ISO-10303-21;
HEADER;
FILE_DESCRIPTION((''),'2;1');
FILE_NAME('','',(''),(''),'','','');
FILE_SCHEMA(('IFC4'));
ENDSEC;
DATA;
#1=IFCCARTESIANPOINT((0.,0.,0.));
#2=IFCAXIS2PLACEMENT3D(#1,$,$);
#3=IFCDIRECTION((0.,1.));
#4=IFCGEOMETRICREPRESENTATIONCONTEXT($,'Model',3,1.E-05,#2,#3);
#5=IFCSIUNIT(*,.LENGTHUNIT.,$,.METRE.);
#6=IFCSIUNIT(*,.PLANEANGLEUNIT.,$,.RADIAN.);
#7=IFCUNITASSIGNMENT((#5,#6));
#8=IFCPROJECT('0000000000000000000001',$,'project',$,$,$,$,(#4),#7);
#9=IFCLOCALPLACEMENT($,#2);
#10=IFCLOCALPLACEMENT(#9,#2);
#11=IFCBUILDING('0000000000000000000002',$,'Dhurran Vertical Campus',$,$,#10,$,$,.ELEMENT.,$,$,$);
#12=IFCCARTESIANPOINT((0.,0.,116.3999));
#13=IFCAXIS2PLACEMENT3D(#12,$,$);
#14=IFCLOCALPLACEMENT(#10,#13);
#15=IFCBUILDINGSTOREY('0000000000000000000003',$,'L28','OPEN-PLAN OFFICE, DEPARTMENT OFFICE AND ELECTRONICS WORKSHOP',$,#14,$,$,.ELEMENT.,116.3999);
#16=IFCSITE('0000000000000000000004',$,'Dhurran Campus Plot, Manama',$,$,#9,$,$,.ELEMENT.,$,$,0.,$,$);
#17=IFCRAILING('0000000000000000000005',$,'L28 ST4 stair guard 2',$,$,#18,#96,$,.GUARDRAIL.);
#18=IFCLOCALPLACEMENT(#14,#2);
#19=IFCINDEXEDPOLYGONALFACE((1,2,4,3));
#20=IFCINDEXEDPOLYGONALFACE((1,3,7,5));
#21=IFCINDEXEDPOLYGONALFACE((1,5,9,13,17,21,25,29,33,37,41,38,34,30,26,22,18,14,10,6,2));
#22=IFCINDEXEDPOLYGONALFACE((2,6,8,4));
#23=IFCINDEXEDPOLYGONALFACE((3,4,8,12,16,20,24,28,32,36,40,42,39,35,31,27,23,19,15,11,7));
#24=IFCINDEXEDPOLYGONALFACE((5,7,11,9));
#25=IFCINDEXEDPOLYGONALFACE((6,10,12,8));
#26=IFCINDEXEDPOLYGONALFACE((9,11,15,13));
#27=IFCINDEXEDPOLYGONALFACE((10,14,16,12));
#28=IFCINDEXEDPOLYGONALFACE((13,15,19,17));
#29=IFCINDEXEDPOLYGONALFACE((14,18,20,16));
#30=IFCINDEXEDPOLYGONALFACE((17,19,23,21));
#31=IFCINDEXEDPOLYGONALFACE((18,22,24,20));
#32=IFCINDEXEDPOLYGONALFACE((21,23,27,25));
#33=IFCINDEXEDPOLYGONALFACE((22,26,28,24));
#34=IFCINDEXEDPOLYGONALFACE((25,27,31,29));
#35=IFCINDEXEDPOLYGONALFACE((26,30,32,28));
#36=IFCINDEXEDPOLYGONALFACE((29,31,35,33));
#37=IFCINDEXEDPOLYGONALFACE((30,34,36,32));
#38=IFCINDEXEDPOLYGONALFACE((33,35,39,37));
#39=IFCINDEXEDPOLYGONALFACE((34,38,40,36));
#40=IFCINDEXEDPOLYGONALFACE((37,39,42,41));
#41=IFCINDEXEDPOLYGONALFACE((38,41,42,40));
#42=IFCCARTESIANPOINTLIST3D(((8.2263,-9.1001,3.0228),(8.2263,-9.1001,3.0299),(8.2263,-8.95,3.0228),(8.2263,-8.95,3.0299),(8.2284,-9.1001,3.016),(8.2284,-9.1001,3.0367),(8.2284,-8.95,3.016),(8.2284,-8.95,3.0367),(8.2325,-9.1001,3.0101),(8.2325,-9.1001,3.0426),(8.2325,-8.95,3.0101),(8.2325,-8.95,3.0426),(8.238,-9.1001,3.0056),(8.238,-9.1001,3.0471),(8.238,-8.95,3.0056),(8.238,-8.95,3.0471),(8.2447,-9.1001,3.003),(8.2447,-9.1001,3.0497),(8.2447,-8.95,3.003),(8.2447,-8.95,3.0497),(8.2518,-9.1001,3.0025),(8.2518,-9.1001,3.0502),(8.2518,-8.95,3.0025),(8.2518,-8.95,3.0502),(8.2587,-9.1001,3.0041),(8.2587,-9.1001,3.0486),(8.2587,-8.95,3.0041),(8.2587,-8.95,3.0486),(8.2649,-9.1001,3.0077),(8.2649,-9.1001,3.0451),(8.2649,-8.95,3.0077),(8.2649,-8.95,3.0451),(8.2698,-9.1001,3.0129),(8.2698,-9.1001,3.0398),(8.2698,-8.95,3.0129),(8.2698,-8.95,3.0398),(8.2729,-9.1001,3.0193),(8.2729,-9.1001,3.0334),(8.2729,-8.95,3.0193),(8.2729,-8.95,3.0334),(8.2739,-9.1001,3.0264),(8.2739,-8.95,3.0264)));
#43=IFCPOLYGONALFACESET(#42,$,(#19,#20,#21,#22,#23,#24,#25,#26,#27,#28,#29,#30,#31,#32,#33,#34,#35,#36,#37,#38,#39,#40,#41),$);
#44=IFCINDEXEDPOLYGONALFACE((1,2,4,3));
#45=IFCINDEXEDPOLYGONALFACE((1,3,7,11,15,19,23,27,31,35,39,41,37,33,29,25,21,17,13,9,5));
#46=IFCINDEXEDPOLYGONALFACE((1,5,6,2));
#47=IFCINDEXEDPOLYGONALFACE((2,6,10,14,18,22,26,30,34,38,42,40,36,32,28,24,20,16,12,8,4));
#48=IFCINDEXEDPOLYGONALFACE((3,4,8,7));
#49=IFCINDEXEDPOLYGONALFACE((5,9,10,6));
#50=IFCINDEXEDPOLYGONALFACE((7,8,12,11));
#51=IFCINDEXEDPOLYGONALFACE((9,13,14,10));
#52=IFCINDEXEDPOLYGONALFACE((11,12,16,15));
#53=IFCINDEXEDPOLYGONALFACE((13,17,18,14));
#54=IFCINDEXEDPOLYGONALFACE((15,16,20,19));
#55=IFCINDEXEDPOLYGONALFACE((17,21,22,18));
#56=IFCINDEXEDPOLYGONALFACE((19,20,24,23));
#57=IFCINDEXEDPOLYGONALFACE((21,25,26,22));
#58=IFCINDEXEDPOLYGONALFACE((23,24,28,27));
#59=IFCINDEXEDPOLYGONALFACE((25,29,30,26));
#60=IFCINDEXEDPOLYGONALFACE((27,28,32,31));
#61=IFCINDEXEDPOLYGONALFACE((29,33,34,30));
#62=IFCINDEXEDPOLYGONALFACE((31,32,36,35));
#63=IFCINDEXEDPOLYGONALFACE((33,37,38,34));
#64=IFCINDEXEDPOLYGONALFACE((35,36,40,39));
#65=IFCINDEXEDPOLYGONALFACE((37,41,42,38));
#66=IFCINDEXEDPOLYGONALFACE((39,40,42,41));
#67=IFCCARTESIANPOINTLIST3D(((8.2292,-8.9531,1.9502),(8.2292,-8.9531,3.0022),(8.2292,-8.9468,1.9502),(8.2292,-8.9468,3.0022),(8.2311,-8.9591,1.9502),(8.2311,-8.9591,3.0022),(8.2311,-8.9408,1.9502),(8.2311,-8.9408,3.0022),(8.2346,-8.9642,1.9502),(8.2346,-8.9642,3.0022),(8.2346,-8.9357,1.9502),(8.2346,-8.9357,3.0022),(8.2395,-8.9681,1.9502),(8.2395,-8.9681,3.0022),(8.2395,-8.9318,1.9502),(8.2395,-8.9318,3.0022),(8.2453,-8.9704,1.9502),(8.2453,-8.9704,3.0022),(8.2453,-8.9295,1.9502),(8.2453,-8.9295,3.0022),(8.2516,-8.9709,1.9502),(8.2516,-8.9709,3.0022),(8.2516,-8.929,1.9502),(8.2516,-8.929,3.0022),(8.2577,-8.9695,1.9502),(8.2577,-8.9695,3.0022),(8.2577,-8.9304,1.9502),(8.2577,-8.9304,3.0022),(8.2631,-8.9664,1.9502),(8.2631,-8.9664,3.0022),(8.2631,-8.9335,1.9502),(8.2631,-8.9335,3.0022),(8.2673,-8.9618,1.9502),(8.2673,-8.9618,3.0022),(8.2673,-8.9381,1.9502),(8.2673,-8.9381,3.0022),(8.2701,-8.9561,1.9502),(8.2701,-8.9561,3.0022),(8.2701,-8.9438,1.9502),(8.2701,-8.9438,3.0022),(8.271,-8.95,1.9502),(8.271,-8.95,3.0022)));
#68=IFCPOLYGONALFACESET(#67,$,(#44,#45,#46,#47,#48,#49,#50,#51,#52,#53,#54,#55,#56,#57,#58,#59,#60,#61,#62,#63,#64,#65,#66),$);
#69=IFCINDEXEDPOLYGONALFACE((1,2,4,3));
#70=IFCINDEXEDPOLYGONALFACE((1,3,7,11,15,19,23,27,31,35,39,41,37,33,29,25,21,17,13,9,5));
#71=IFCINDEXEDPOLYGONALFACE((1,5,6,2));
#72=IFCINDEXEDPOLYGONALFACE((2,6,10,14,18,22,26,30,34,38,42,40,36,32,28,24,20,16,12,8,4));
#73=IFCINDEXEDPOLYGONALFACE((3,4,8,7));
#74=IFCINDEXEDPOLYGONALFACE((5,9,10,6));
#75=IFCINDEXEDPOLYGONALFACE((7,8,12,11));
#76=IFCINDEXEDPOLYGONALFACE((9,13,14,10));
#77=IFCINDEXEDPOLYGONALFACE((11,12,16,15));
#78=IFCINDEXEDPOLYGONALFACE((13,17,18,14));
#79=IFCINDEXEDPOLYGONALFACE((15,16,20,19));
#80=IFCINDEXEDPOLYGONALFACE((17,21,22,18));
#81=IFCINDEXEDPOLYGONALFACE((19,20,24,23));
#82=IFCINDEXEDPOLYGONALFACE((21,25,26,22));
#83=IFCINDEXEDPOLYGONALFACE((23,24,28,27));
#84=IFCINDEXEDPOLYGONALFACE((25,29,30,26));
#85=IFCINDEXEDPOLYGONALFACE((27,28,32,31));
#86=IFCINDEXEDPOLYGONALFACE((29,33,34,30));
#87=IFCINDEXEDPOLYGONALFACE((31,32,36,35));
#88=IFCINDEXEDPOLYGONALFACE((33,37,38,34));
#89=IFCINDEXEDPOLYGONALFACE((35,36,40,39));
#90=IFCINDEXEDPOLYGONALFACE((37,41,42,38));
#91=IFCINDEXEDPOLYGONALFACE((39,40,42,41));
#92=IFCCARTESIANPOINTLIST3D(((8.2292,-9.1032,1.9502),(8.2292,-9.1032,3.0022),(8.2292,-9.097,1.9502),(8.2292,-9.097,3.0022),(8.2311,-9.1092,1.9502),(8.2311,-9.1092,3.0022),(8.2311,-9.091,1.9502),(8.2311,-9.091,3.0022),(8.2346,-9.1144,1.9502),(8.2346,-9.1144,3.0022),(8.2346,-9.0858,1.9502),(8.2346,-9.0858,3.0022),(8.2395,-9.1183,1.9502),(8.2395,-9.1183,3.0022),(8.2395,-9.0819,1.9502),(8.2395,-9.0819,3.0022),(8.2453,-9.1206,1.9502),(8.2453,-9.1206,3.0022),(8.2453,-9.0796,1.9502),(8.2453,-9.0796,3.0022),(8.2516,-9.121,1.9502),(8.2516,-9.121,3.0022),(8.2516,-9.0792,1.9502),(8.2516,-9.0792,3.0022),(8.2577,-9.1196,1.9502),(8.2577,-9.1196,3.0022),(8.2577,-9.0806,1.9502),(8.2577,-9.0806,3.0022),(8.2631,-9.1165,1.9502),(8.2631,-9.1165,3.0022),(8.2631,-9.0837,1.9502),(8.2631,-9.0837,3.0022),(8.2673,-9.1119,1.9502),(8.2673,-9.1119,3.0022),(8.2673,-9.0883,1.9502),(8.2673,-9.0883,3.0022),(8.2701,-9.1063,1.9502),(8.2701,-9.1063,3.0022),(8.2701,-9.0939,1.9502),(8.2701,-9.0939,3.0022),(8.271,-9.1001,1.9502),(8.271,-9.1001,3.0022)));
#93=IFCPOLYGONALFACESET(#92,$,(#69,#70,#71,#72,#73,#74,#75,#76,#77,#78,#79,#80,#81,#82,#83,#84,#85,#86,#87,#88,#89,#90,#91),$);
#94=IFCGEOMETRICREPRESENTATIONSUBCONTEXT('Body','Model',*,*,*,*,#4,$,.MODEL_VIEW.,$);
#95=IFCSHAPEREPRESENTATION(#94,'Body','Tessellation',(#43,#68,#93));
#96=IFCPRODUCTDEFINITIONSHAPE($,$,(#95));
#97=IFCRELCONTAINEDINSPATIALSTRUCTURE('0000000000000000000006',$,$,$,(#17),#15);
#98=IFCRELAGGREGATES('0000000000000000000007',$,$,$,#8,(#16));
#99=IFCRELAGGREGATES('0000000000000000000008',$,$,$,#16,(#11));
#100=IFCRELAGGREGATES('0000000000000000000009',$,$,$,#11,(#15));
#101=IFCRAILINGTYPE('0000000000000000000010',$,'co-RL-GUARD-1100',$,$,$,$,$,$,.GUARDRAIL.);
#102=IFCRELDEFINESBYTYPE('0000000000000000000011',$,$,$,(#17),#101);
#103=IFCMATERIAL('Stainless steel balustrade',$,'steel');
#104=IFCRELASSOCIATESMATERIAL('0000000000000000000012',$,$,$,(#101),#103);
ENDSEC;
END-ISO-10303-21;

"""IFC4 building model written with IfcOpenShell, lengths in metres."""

from ifc_helpers import new_model, si_unit, direction, frame, origin, origin_2d, place, context, subcontext, project, spatial, circle, extrude, material, type_object, element, save


model = new_model("IFC4")

# Units and contexts
model_context = context("Model", 3, precision=1e-05, world=origin(), true_north=direction((0.0, 1.0)))
body_context = subcontext(model_context, "Body", "Model", "MODEL_VIEW")
ifc_project = project(units=[si_unit("LENGTHUNIT", "METRE"), si_unit("PLANEANGLEUNIT", "RADIAN")], contexts=[model_context])

# Site, building, storey
site_placement = place(None, origin())
site = spatial("IfcSite", under=ifc_project, at=site_placement, Name="Dhurran Campus Plot, Manama", CompositionType="ELEMENT", RefElevation=0.0)
building_placement = place(site_placement, origin())
building = spatial("IfcBuilding", under=site, at=building_placement, Name="Dhurran Vertical Campus", CompositionType="ELEMENT")
storey_placement = place(building_placement, frame((0.0, 0.0, 116.3999)))
storey = spatial("IfcBuildingStorey", under=building, at=storey_placement, Name="L28", Description="OPEN-PLAN OFFICE, DEPARTMENT OFFICE AND ELECTRONICS WORKSHOP", CompositionType="ELEMENT", Elevation=116.3999)

# Railing
ifc_material_1 = material(Name="Stainless steel balustrade", Category="steel")
railing_type_1 = type_object("IfcRailingType", Name="co-RL-GUARD-1100", PredefinedType="GUARDRAIL", material=ifc_material_1)
railing_1_placement = place(storey_placement, frame((8.25, -8.95, 1.9502)))
element("IfcRailing", 1, at=railing_1_placement, inside=storey, type_object=railing_type_1, Name="L28 ST4 stair guard 2", PredefinedType="GUARDRAIL", context=body_context, shape_type="SweptSolid", body=[
    extrude(circle(Radius=0.0239, at=origin_2d()), frame((0.0, 0.0, 1.0762), z_axis=(0.0, -1.0, 0.0), x_axis=(1.0, 0.0, 0.0)), (0.0, 0.0, 1.0), 0.1501),
    extrude(circle(Radius=0.021, at=origin_2d()), origin(), (0.0, 0.0, 1.0), 1.052),
    extrude(circle(Radius=0.021, at=origin_2d()), frame((0.0, -0.1501, 0.0)), (0.0, 0.0, 1.0), 1.052),
])

save(model, "model.ifc")
